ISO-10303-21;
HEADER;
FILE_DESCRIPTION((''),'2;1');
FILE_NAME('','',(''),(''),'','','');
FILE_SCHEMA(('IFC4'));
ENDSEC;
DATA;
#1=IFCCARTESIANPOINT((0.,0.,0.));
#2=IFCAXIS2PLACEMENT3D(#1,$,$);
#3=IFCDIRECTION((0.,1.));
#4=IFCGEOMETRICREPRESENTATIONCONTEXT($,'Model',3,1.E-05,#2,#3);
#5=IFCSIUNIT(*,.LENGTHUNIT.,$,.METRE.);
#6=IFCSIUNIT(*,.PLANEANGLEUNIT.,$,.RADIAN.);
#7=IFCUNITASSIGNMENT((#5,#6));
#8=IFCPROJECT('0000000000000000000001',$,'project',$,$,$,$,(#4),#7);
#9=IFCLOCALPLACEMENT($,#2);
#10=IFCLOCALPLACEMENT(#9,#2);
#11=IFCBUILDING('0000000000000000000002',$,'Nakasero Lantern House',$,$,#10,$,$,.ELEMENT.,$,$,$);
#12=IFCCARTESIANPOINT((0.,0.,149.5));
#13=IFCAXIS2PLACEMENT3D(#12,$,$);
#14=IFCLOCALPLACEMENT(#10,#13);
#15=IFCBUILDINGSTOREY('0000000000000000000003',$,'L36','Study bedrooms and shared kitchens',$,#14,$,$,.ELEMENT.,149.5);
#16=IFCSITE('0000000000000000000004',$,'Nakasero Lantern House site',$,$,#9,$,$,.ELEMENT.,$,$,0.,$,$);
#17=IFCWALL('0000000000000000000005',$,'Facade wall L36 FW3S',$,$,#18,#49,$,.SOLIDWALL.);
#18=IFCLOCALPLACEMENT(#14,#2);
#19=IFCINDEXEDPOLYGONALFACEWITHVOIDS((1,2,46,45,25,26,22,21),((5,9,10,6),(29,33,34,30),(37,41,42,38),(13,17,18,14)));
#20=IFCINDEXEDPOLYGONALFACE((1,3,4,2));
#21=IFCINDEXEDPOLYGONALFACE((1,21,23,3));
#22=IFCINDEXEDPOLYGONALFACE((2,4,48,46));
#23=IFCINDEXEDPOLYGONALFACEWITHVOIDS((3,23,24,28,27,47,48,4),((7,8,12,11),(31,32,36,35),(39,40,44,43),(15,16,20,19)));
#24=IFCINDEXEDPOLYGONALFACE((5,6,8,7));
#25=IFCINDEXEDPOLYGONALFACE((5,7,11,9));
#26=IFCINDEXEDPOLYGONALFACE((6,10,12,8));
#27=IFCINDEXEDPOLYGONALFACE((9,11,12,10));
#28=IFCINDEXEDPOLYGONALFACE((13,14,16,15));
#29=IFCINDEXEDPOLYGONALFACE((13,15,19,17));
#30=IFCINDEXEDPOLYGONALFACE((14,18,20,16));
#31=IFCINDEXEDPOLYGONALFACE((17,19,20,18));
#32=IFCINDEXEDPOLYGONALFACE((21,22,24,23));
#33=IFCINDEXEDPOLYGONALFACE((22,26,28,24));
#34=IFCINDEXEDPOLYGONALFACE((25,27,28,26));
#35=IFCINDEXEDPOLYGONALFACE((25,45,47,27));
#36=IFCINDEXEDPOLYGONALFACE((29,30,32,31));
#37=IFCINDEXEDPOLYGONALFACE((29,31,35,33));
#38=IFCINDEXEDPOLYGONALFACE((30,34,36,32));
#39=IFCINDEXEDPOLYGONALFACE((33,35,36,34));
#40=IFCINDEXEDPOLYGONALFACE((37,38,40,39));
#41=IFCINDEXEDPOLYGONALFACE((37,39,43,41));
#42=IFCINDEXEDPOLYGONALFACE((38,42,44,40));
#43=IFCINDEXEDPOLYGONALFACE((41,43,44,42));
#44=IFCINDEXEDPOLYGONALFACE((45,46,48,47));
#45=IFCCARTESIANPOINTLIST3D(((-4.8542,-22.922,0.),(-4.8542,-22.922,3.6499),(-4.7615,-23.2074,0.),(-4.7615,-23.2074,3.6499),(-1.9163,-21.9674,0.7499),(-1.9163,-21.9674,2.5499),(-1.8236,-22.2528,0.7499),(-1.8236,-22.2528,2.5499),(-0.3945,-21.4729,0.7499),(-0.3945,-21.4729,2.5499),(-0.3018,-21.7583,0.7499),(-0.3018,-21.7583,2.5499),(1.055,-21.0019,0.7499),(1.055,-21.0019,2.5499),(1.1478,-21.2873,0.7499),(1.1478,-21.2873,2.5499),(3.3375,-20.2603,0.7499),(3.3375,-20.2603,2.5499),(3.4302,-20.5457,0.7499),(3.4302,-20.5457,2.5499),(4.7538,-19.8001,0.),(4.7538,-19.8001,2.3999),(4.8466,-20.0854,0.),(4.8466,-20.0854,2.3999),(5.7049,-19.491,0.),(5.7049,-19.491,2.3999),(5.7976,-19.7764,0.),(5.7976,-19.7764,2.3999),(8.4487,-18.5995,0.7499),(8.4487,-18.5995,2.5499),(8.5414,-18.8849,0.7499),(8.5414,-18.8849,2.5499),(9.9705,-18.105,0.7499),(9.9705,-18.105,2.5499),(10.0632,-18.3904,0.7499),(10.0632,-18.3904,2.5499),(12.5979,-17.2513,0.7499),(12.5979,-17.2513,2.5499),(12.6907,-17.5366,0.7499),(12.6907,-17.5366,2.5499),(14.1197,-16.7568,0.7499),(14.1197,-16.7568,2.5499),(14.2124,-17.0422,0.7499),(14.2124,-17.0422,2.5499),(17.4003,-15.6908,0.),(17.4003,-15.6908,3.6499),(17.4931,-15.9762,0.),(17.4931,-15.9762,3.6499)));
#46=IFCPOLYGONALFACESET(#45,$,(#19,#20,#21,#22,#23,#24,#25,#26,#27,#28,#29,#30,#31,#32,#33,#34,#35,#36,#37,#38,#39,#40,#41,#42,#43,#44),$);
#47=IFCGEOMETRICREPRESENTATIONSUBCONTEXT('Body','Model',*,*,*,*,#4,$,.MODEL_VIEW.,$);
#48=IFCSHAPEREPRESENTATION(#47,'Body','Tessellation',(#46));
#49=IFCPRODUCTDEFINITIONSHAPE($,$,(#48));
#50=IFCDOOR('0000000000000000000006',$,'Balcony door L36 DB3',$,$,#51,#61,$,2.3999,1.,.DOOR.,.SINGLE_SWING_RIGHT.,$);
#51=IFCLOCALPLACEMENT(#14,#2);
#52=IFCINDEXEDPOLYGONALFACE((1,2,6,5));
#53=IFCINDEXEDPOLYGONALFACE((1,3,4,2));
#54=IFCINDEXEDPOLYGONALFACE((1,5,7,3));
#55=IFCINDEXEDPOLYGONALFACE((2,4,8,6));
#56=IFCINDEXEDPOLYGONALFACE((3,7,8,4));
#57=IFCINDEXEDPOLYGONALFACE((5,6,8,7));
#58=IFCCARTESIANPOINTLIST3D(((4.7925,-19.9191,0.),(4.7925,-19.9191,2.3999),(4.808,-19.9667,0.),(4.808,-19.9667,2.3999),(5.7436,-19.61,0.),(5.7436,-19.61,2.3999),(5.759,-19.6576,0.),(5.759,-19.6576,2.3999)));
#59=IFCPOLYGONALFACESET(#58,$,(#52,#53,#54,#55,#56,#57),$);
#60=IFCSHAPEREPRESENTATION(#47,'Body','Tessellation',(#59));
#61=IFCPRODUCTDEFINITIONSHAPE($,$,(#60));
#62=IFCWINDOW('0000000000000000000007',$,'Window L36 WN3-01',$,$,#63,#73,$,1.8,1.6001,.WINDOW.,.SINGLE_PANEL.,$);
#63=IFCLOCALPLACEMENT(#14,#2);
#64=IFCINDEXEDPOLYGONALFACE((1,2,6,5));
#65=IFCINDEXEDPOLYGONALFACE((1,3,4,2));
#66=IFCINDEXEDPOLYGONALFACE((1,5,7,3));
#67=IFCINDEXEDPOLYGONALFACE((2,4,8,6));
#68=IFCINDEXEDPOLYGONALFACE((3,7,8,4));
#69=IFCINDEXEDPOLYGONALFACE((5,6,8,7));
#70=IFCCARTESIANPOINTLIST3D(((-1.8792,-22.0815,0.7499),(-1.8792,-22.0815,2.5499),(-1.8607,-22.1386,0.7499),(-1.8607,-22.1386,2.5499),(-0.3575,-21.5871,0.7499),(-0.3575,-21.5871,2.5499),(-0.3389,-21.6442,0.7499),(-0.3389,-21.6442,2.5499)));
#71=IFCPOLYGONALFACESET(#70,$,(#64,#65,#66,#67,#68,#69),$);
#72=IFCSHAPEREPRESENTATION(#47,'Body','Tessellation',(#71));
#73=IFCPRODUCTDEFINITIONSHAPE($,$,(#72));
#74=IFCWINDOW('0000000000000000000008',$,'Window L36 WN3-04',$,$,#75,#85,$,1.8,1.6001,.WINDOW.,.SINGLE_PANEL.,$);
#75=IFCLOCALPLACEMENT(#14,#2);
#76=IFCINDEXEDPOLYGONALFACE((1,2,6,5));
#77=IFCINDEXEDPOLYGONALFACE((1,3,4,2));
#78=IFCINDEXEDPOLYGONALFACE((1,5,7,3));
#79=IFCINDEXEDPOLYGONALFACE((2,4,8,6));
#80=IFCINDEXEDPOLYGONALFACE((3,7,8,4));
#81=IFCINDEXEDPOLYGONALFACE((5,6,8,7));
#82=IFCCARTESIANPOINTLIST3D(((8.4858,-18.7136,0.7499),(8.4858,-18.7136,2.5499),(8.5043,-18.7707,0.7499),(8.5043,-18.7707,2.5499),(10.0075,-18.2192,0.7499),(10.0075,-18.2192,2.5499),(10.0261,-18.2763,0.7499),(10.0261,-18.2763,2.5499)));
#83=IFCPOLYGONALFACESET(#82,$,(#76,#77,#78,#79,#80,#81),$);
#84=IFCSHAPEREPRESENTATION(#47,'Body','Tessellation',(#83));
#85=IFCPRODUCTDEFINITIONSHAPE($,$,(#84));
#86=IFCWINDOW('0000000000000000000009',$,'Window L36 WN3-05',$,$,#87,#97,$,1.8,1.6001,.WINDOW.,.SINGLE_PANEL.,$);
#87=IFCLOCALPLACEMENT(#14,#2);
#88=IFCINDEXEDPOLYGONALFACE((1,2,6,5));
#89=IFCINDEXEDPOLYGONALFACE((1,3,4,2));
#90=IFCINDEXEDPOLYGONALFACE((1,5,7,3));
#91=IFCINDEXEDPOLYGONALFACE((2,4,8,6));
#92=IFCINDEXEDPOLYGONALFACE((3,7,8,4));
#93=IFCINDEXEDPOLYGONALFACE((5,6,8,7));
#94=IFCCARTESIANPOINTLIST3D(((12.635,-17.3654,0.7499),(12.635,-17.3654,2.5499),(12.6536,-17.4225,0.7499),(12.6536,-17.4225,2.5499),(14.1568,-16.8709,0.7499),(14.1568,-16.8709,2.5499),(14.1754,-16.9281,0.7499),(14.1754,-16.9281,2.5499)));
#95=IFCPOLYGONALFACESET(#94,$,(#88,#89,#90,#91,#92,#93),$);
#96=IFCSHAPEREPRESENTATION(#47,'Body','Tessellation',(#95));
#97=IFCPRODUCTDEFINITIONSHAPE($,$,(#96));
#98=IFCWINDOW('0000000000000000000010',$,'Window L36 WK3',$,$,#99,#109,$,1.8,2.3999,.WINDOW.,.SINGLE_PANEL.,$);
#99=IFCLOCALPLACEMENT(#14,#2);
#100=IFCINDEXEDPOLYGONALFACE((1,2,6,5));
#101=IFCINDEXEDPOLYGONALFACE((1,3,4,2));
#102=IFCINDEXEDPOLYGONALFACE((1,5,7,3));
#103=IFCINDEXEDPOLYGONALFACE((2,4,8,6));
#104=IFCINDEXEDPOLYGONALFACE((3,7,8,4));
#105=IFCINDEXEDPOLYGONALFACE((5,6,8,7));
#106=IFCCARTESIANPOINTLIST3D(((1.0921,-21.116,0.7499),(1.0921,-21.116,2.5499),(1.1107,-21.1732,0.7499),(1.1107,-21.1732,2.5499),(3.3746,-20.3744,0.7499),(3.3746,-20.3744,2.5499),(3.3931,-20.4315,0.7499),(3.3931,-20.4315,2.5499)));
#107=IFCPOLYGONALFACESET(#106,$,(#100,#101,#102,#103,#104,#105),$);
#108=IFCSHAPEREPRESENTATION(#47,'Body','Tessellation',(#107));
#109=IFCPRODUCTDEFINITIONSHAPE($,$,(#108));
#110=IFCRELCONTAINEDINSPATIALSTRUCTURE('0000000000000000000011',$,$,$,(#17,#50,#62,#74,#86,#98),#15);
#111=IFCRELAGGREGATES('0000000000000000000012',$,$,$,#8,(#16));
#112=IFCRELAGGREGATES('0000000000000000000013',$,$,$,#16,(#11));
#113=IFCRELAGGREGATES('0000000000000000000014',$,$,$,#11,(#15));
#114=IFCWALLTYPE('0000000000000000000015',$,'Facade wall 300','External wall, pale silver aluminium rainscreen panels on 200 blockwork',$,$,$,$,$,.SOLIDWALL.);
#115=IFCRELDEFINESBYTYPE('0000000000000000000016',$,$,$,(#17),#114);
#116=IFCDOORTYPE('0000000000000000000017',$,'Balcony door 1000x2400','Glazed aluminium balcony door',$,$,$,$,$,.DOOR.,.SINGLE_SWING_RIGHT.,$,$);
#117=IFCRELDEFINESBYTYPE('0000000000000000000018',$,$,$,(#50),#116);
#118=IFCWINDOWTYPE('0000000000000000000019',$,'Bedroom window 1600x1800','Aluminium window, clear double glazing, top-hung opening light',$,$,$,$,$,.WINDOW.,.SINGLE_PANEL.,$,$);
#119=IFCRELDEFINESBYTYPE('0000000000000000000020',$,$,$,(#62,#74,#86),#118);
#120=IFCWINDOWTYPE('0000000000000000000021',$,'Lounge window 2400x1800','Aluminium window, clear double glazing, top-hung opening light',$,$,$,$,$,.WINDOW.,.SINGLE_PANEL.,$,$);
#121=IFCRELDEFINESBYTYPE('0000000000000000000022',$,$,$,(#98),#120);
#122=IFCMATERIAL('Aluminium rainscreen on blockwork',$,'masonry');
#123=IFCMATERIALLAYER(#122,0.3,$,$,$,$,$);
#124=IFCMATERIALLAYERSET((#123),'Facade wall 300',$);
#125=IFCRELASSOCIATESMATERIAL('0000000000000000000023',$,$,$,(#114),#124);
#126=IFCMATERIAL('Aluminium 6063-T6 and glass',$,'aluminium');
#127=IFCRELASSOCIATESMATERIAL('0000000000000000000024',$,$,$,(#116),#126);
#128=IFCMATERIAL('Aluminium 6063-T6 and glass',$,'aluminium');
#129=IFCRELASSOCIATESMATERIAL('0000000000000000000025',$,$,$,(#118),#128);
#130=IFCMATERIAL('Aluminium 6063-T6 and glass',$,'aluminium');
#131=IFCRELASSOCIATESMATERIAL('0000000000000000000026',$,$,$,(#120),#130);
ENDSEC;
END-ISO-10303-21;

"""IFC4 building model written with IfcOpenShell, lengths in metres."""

from ifc_helpers import new_model, si_unit, direction, frame, frame_2d, origin, place, context, subcontext, project, spatial, rectangle, extrude, material, layer, layer_set, type_object, element, fill, save


model = new_model("IFC4")

# Units and contexts
model_context = context("Model", 3, precision=1e-05, world=origin(), true_north=direction((0.0, 1.0)))
body_context = subcontext(model_context, "Body", "Model", "MODEL_VIEW")
ifc_project = project(units=[si_unit("LENGTHUNIT", "METRE"), si_unit("PLANEANGLEUNIT", "RADIAN")], contexts=[model_context])

# Site, building, storey
site_placement = place(None, origin())
site = spatial("IfcSite", under=ifc_project, at=site_placement, Name="Nakasero Lantern House site", CompositionType="ELEMENT", RefElevation=0.0)
building_placement = place(site_placement, origin())
building = spatial("IfcBuilding", under=site, at=building_placement, Name="Nakasero Lantern House", CompositionType="ELEMENT")
storey_placement = place(building_placement, frame((0.0, 0.0, 149.5)))
storey = spatial("IfcBuildingStorey", under=building, at=storey_placement, Name="L36", Description="Study bedrooms and shared kitchens", CompositionType="ELEMENT", Elevation=149.5)

# Wall, openings, door, windows
ifc_material_1 = material(Name="Aluminium rainscreen on blockwork", Category="masonry")
ifc_layer_1 = layer(ifc_material_1, 0.3)
ifc_layer_set_1 = layer_set([ifc_layer_1], Name="Facade wall 300")
wall_type_1 = type_object("IfcWallType", Name="Facade wall 300", Description="External wall, pale silver aluminium rainscreen panels on 200 blockwork", PredefinedType="SOLIDWALL", material=ifc_layer_set_1)
wall_1_placement = place(storey_placement, frame((-4.8079, -23.0647, 0.0), z_axis=(0.0, 0.0, 1.0), x_axis=(0.951054, 0.309026, 0.0)))
wall_1 = element("IfcWall", 1, at=wall_1_placement, inside=storey, type_object=wall_type_1, Name="Facade wall L36 FW3S", PredefinedType="SOLIDWALL", context=body_context, shape_type="SweptSolid", body=[
    extrude(rectangle(XDim=23.3999, YDim=0.3, at=frame_2d((11.7, 0.0))), origin(), (0.0, 0.0, 1.0), 3.6499),
])
opening_1_placement = place(wall_1_placement, frame((3.0891, 0.0, 0.75)))
opening_1 = element("IfcOpeningElement", 2, at=opening_1_placement, cuts=wall_1, PredefinedType="OPENING", context=body_context, shape_type="SweptSolid", body=[
    extrude(rectangle(XDim=1.6001, YDim=1.8, at=frame_2d((0.8, 0.8999))), frame((0.0, 0.1699, 0.0), z_axis=(0.0, -1.0, 0.0), x_axis=(1.0, 0.0, 0.0)), (0.0, 0.0, 1.0), 0.3401),
])
opening_2_placement = place(wall_1_placement, frame((13.9875, 0.0, 0.75)))
opening_2 = element("IfcOpeningElement", 3, at=opening_2_placement, cuts=wall_1, PredefinedType="OPENING", context=body_context, shape_type="SweptSolid", body=[
    extrude(rectangle(XDim=1.6001, YDim=1.8, at=frame_2d((0.8, 0.8999))), frame((0.0, 0.1699, 0.0), z_axis=(0.0, -1.0, 0.0), x_axis=(1.0, 0.0, 0.0)), (0.0, 0.0, 1.0), 0.3401),
])
opening_3_placement = place(wall_1_placement, frame((18.3503, 0.0, 0.75)))
opening_3 = element("IfcOpeningElement", 4, at=opening_3_placement, cuts=wall_1, PredefinedType="OPENING", context=body_context, shape_type="SweptSolid", body=[
    extrude(rectangle(XDim=1.6001, YDim=1.8, at=frame_2d((0.8, 0.8999))), frame((0.0, 0.1699, 0.0), z_axis=(0.0, -1.0, 0.0), x_axis=(1.0, 0.0, 0.0)), (0.0, 0.0, 1.0), 0.3401),
])
opening_4_placement = place(wall_1_placement, frame((6.2134, 0.0, 0.75)))
opening_4 = element("IfcOpeningElement", 5, at=opening_4_placement, cuts=wall_1, PredefinedType="OPENING", context=body_context, shape_type="SweptSolid", body=[
    extrude(rectangle(XDim=2.3999, YDim=1.8, at=frame_2d((1.2, 0.8999))), frame((0.0, 0.1699, 0.0), z_axis=(0.0, -1.0, 0.0), x_axis=(1.0, 0.0, 0.0)), (0.0, 0.0, 1.0), 0.3401),
])
opening_5_placement = place(wall_1_placement, frame((10.1025, 0.0, 0.0)))
opening_5 = element("IfcOpeningElement", 6, at=opening_5_placement, cuts=wall_1, PredefinedType="OPENING", context=body_context, shape_type="SweptSolid", body=[
    extrude(rectangle(XDim=1.0, YDim=2.3999, at=frame_2d((0.5, 1.2))), frame((0.0, 0.1699, 0.0), z_axis=(0.0, -1.0, 0.0), x_axis=(1.0, 0.0, 0.0)), (0.0, 0.0, 1.0), 0.3401),
])
ifc_material_2 = material(Name="Aluminium 6063-T6 and glass", Category="aluminium")
door_type = type_object("IfcDoorType", Name="Balcony door 1000x2400", Description="Glazed aluminium balcony door", OperationType="SINGLE_SWING_RIGHT", PredefinedType="DOOR", material=ifc_material_2)
door_placement = place(opening_5_placement, origin())
door = element("IfcDoor", 7, at=door_placement, inside=storey, type_object=door_type, Name="Balcony door L36 DB3", OperationType="SINGLE_SWING_RIGHT", OverallHeight=2.3999, OverallWidth=1.0, PredefinedType="DOOR", context=body_context, shape_type="SweptSolid", body=[
    extrude(rectangle(XDim=1.0, YDim=2.3999, at=frame_2d((0.5, 1.2))), frame((0.0, 0.0249, 0.0), z_axis=(0.0, -1.0, 0.0), x_axis=(1.0, 0.0, 0.0)), (0.0, 0.0, 1.0), 0.05),
])
fill(opening_5, door)
ifc_material_3 = material(Name="Aluminium 6063-T6 and glass", Category="aluminium")
window_type_1 = type_object("IfcWindowType", Name="Bedroom window 1600x1800", Description="Aluminium window, clear double glazing, top-hung opening light", PartitioningType="SINGLE_PANEL", PredefinedType="WINDOW", material=ifc_material_3)
window_1_placement = place(opening_1_placement, origin())
window_1 = element("IfcWindow", 8, at=window_1_placement, inside=storey, type_object=window_type_1, Name="Window L36 WN3-01", OverallHeight=1.8, OverallWidth=1.6001, PartitioningType="SINGLE_PANEL", PredefinedType="WINDOW", context=body_context, shape_type="SweptSolid", body=[
    extrude(rectangle(XDim=1.6001, YDim=1.8, at=frame_2d((0.8, 0.8999))), frame((0.0, 0.03, 0.0), z_axis=(0.0, -1.0, 0.0), x_axis=(1.0, 0.0, 0.0)), (0.0, 0.0, 1.0), 0.0601),
])
fill(opening_1, window_1)
window_2_placement = place(opening_2_placement, origin())
window_2 = element("IfcWindow", 9, at=window_2_placement, inside=storey, type_object=window_type_1, Name="Window L36 WN3-04", OverallHeight=1.8, OverallWidth=1.6001, PartitioningType="SINGLE_PANEL", PredefinedType="WINDOW", context=body_context, shape_type="SweptSolid", body=[
    extrude(rectangle(XDim=1.6001, YDim=1.8, at=frame_2d((0.8, 0.8999))), frame((0.0, 0.03, 0.0), z_axis=(0.0, -1.0, 0.0), x_axis=(1.0, 0.0, 0.0)), (0.0, 0.0, 1.0), 0.0601),
])
fill(opening_2, window_2)
window_3_placement = place(opening_3_placement, origin())
window_3 = element("IfcWindow", 10, at=window_3_placement, inside=storey, type_object=window_type_1, Name="Window L36 WN3-05", OverallHeight=1.8, OverallWidth=1.6001, PartitioningType="SINGLE_PANEL", PredefinedType="WINDOW", context=body_context, shape_type="SweptSolid", body=[
    extrude(rectangle(XDim=1.6001, YDim=1.8, at=frame_2d((0.8, 0.8999))), frame((0.0, 0.03, 0.0), z_axis=(0.0, -1.0, 0.0), x_axis=(1.0, 0.0, 0.0)), (0.0, 0.0, 1.0), 0.0601),
])
fill(opening_3, window_3)
ifc_material_4 = material(Name="Aluminium 6063-T6 and glass", Category="aluminium")
window_type_2 = type_object("IfcWindowType", Name="Lounge window 2400x1800", Description="Aluminium window, clear double glazing, top-hung opening light", PartitioningType="SINGLE_PANEL", PredefinedType="WINDOW", material=ifc_material_4)
window_4_placement = place(opening_4_placement, origin())
window_4 = element("IfcWindow", 11, at=window_4_placement, inside=storey, type_object=window_type_2, Name="Window L36 WK3", OverallHeight=1.8, OverallWidth=2.3999, PartitioningType="SINGLE_PANEL", PredefinedType="WINDOW", context=body_context, shape_type="SweptSolid", body=[
    extrude(rectangle(XDim=2.3999, YDim=1.8, at=frame_2d((1.2, 0.8999))), frame((0.0, 0.03, 0.0), z_axis=(0.0, -1.0, 0.0), x_axis=(1.0, 0.0, 0.0)), (0.0, 0.0, 1.0), 0.0601),
])
fill(opening_4, window_4)

save(model, "model.ifc")
